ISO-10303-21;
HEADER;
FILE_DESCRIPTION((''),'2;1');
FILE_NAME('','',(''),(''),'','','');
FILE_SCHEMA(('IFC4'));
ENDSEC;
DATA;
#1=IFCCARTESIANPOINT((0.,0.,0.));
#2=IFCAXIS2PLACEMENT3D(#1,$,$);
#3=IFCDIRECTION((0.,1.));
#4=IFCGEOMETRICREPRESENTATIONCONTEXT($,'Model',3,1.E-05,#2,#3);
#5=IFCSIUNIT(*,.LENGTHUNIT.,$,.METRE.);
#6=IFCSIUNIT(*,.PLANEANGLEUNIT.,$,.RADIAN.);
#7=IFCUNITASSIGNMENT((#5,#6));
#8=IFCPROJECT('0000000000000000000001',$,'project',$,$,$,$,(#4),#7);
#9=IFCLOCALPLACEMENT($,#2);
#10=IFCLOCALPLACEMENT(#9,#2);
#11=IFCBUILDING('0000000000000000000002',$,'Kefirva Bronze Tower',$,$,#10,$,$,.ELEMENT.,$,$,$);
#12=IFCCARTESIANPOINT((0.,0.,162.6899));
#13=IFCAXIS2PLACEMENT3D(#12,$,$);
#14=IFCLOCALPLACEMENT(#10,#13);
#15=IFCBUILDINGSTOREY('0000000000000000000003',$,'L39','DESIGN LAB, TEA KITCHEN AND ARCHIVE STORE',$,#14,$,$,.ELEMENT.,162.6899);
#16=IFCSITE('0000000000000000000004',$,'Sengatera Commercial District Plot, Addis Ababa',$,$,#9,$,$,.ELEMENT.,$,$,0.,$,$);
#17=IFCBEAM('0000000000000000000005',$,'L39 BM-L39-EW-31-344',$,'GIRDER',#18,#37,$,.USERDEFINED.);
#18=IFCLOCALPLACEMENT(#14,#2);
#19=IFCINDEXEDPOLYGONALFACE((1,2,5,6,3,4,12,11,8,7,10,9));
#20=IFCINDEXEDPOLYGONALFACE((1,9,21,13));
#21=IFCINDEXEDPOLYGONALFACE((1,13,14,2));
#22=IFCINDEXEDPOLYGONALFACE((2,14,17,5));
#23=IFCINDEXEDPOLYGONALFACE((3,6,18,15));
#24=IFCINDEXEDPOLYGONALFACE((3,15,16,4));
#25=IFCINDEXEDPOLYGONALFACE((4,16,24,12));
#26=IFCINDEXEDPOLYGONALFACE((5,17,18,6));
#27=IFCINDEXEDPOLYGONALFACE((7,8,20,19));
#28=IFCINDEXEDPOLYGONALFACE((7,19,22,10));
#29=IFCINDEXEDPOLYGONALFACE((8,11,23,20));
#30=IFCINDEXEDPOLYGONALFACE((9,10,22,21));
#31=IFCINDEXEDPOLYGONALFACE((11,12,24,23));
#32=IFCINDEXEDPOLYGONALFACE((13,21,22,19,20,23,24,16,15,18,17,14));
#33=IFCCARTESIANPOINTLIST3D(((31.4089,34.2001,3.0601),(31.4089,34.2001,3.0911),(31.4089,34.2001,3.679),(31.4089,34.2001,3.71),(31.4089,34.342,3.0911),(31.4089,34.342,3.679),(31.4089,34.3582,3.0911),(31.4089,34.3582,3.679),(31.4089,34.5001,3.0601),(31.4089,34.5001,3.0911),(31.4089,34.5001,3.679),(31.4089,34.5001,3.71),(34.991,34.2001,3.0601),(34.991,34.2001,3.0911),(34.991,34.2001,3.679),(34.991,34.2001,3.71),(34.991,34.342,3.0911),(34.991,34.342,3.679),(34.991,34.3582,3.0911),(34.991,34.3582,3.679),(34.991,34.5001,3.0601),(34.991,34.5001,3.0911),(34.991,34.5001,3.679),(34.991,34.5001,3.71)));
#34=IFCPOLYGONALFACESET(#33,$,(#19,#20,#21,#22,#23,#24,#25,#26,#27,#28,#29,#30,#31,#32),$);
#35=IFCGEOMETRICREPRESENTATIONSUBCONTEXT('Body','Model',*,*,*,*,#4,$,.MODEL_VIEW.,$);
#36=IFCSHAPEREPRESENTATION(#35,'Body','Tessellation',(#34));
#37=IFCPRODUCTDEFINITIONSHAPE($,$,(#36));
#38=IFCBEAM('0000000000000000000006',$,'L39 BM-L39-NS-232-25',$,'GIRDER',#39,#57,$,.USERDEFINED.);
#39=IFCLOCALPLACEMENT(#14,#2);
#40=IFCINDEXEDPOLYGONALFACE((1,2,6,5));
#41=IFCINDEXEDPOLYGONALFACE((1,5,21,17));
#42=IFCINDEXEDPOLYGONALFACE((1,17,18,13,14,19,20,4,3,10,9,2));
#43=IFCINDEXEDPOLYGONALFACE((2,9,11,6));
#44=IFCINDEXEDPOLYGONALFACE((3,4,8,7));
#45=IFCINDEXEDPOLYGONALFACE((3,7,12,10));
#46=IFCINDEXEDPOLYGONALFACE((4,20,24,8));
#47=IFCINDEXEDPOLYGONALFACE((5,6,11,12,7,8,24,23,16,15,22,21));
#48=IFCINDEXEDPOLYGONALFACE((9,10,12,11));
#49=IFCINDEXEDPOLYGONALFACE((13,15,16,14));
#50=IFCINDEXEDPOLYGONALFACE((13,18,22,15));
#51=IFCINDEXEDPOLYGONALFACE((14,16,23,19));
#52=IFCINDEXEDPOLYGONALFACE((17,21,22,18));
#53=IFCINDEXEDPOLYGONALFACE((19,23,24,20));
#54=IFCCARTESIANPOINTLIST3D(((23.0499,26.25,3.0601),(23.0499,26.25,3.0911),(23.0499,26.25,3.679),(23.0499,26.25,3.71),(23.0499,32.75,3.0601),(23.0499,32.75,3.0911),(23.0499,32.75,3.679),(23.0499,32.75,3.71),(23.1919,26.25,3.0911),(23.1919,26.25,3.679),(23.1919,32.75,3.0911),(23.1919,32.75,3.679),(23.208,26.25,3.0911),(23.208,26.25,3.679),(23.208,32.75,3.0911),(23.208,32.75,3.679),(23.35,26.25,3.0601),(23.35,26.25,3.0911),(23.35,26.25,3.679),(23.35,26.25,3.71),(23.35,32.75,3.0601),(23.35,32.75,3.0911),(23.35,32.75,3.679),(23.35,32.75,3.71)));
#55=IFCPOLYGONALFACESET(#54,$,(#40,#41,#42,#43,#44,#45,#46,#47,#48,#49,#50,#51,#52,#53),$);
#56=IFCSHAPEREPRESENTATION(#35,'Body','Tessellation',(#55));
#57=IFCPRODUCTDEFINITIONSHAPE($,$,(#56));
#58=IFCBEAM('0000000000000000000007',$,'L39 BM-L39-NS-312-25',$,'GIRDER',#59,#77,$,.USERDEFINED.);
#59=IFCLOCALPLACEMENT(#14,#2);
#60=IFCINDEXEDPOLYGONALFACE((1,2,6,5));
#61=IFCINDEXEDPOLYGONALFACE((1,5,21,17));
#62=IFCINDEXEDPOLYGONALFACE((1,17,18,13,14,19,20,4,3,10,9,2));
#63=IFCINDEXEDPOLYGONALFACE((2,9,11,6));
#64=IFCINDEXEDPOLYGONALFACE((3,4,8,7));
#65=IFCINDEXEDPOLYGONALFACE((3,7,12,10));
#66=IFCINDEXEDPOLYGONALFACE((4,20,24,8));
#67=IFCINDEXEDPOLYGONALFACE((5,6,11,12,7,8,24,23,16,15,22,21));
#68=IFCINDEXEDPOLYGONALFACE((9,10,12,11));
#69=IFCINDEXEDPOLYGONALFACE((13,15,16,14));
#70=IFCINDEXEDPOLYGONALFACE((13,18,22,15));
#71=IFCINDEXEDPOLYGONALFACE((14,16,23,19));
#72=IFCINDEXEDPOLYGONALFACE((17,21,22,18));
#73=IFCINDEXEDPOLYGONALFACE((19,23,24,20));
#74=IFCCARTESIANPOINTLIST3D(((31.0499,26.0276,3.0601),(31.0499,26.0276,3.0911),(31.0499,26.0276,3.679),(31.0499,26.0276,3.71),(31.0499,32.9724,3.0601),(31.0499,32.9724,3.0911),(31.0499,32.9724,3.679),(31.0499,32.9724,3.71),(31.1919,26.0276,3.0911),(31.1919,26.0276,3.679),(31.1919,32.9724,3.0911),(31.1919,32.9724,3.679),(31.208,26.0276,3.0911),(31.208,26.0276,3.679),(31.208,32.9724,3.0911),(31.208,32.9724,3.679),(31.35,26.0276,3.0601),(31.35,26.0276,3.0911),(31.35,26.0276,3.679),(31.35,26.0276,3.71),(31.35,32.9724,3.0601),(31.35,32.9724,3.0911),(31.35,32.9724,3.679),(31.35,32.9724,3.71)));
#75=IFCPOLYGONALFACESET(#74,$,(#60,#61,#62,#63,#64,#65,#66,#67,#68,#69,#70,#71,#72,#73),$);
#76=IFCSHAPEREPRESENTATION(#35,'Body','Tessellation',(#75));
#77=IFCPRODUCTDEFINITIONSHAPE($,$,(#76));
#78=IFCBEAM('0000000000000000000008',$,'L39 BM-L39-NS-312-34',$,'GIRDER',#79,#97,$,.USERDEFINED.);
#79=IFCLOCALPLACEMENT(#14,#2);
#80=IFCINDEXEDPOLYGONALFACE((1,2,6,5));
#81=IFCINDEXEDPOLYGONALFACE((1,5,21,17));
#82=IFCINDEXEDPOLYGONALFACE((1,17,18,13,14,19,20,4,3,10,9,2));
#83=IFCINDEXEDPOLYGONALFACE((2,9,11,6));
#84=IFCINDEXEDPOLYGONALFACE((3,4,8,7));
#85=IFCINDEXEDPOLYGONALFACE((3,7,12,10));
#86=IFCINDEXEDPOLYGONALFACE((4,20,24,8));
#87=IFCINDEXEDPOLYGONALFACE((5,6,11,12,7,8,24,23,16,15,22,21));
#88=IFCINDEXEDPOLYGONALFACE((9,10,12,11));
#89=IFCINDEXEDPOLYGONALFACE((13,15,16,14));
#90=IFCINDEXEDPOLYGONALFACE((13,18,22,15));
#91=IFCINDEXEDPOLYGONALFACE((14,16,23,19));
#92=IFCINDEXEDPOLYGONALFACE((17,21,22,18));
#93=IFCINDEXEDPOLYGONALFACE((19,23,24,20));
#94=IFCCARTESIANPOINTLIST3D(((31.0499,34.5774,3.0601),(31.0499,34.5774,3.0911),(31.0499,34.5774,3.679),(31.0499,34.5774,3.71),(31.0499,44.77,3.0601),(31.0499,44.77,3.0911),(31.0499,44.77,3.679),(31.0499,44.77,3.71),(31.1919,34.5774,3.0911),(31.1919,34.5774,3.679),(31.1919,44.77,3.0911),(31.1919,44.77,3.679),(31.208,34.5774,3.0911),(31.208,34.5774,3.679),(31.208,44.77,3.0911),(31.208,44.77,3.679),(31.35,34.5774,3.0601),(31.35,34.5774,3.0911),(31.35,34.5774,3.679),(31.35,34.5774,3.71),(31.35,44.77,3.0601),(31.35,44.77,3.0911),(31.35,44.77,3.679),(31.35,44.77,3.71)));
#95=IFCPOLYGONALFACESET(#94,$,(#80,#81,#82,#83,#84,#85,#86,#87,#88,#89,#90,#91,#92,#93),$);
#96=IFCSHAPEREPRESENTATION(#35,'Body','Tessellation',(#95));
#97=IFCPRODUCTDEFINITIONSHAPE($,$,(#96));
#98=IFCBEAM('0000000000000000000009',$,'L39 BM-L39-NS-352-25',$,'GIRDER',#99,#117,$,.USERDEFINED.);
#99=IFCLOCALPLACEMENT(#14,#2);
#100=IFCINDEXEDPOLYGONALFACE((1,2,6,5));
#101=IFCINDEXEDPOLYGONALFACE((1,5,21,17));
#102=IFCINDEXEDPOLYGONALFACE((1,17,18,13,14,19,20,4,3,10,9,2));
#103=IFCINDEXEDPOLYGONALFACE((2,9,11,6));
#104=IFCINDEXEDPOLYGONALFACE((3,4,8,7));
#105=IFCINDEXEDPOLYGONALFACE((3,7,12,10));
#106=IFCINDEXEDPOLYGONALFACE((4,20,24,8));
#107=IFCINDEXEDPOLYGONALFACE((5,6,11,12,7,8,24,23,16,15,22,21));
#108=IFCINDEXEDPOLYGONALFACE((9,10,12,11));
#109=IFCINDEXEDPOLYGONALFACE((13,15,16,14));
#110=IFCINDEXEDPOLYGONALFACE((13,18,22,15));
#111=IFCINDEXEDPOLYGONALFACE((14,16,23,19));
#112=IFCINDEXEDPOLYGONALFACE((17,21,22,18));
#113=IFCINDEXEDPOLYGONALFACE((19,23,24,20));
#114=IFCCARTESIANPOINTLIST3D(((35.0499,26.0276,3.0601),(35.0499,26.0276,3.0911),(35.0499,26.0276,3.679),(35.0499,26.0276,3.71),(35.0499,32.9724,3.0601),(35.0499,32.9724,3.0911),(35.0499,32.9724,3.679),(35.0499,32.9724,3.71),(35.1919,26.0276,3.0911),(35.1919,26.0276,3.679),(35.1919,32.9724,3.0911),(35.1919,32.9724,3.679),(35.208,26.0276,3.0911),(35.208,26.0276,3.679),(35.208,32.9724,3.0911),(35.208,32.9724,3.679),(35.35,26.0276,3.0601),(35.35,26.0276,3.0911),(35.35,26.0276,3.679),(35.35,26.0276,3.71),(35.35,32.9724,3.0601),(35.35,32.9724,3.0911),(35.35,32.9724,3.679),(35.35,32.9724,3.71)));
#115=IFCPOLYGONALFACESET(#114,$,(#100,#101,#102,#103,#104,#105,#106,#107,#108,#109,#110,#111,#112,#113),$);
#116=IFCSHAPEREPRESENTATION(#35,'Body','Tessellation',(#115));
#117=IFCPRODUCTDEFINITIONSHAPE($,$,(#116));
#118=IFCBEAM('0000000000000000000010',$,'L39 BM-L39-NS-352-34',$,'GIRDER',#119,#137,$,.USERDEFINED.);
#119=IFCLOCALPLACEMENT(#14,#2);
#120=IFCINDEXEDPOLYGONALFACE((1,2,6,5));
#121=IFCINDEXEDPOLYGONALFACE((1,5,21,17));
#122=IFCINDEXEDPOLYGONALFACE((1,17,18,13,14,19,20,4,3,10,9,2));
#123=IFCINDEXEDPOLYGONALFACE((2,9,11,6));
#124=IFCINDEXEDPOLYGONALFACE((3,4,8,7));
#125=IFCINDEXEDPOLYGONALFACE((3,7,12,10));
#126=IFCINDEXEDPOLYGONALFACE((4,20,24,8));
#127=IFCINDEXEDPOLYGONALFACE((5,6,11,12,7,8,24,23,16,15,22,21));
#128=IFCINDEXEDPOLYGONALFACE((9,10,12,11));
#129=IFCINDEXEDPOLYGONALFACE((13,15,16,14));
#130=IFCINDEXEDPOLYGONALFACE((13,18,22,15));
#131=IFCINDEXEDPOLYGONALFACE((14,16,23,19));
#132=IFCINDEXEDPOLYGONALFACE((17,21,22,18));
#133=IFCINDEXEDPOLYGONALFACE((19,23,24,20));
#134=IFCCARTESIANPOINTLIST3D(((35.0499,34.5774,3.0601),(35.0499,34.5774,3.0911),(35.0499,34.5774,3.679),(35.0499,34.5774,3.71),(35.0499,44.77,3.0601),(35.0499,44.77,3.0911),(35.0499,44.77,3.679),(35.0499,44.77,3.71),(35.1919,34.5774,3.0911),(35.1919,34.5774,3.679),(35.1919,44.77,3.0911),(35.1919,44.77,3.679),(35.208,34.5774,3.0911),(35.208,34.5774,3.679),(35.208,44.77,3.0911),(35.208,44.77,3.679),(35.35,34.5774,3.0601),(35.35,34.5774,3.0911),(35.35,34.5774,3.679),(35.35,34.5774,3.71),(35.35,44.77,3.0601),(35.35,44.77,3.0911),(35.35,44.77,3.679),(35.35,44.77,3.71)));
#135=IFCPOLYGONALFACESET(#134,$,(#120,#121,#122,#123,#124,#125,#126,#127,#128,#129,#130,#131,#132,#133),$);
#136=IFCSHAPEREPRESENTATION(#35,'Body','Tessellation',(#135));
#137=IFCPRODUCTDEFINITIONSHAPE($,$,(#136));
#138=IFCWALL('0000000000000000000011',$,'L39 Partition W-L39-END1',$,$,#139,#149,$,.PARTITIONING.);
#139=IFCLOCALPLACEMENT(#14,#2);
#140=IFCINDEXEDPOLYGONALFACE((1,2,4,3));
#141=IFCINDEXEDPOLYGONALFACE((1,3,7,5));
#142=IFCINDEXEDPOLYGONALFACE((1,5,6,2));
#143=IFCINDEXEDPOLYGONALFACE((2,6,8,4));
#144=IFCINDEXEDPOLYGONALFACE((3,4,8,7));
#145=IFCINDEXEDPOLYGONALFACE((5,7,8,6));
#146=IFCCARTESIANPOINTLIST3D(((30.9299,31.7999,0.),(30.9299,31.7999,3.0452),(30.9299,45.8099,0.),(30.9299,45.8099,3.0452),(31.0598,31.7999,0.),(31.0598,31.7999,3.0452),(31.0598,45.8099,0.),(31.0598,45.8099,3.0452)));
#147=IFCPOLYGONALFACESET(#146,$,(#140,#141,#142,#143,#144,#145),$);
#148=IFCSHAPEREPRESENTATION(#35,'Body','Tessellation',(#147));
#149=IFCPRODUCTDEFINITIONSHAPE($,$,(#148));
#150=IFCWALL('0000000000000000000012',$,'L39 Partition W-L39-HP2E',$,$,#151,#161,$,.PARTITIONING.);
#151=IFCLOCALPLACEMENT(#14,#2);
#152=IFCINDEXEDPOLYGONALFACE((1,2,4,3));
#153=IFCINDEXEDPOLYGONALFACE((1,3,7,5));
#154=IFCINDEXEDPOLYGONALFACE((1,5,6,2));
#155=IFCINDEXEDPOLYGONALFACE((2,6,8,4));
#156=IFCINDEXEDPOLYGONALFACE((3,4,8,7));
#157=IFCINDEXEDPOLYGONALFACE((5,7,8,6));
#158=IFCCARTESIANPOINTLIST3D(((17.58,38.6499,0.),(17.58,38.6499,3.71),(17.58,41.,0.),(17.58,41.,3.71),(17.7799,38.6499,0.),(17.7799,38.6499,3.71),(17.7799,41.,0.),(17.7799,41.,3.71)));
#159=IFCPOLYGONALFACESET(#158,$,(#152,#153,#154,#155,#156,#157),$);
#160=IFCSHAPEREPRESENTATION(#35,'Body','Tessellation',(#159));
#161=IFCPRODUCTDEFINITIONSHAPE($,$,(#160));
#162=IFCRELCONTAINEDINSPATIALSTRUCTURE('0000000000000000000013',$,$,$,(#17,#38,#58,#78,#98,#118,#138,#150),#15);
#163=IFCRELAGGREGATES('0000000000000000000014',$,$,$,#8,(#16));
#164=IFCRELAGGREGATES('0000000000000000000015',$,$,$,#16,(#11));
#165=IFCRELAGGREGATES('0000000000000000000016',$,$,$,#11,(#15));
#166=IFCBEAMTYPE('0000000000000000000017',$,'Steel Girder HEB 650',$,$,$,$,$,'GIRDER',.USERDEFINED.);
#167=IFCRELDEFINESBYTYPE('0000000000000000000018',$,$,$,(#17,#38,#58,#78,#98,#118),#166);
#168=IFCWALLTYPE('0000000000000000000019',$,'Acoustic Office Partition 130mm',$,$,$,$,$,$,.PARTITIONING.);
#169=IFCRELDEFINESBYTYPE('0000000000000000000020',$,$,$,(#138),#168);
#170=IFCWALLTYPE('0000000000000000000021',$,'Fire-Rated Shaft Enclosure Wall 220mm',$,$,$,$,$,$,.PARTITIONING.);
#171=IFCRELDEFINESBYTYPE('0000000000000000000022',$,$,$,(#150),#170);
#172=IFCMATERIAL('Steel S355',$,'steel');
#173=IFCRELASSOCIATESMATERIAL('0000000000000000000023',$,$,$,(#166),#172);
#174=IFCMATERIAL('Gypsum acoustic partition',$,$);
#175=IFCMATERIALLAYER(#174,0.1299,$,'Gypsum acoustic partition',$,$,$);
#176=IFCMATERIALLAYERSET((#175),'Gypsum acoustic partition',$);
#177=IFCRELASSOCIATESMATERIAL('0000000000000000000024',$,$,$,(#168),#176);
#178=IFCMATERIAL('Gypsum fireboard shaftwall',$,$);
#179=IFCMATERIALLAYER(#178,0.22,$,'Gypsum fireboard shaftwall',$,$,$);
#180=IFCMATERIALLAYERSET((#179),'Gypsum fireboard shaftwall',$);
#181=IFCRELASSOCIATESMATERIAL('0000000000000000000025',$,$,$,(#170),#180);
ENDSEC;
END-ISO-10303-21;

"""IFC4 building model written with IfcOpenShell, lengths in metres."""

from ifc_helpers import new_model, si_unit, direction, frame, frame_2d, origin, origin_2d, place, context, subcontext, project, spatial, rectangle, i_section, extrude, material, layer, layer_set, material_profile, profile_set, type_object, element, save


model = new_model("IFC4")

# Units and contexts
model_context = context("Model", 3, precision=1e-05, world=origin(), true_north=direction((0.0, 1.0)))
body_context = subcontext(model_context, "Body", "Model", "MODEL_VIEW")
ifc_project = project(units=[si_unit("LENGTHUNIT", "METRE"), si_unit("PLANEANGLEUNIT", "RADIAN")], contexts=[model_context])

# Site, building, storey
site_placement = place(None, origin())
site = spatial("IfcSite", under=ifc_project, at=site_placement, Name="Sengatera Commercial District Plot, Addis Ababa", CompositionType="ELEMENT", RefElevation=0.0)
building_placement = place(site_placement, origin())
building = spatial("IfcBuilding", under=site, at=building_placement, Name="Kefirva Bronze Tower", CompositionType="ELEMENT")
storey_placement = place(building_placement, frame((0.0, 0.0, 162.6899)))
storey = spatial("IfcBuildingStorey", under=building, at=storey_placement, Name="L39", Description="DESIGN LAB, TEA KITCHEN AND ARCHIVE STORE", CompositionType="ELEMENT", Elevation=162.6899)

# Beams
ifc_material_1 = material(Name="Steel S355", Category="steel")
ifc_material_profile_1 = material_profile(ifc_material_1, i_section(OverallWidth=0.3, OverallDepth=0.6499, WebThickness=0.0161, FlangeThickness=0.031, at=origin_2d()), Name="HEB 650")
ifc_profile_set_1 = profile_set([ifc_material_profile_1], Name="Steel S355")
beam_type_1 = type_object("IfcBeamType", Name="Steel Girder HEB 650", ElementType="GIRDER", PredefinedType="USERDEFINED", material=ifc_profile_set_1)
for number, where, z_axis, x_axis, name in (
    (1, (31.4089, 34.3501, 3.385), (1.0, 0.0, 0.0), (0.0, 1.0, 0.0), "L39 BM-L39-EW-31-344"),
):
    element("IfcBeam", number, at=place(storey_placement, frame(where, z_axis=z_axis, x_axis=x_axis)), inside=storey, type_object=beam_type_1, Name=name, ObjectType="GIRDER", PredefinedType="USERDEFINED", context=body_context, shape_type="SweptSolid", body=[
        extrude(i_section(OverallWidth=0.3, OverallDepth=0.6499, WebThickness=0.0161, FlangeThickness=0.031, at=origin_2d()), origin(), (0.0, 0.0, 1.0), 3.582),
    ])
beam_1_placement = place(storey_placement, frame((23.2, 26.25, 3.385), z_axis=(0.0, 1.0, 0.0), x_axis=(-1.0, 0.0, 0.0)))
element("IfcBeam", 2, at=beam_1_placement, inside=storey, type_object=beam_type_1, Name="L39 BM-L39-NS-232-25", ObjectType="GIRDER", PredefinedType="USERDEFINED", context=body_context, shape_type="SweptSolid", body=[
    extrude(i_section(OverallWidth=0.3, OverallDepth=0.6499, WebThickness=0.0161, FlangeThickness=0.031, at=origin_2d()), origin(), (0.0, 0.0, 1.0), 6.5),
])
beam_2_placement = place(storey_placement, frame((31.2, 26.0276, 3.385), z_axis=(0.0, 1.0, 0.0), x_axis=(-1.0, 0.0, 0.0)))
element("IfcBeam", 3, at=beam_2_placement, inside=storey, type_object=beam_type_1, Name="L39 BM-L39-NS-312-25", ObjectType="GIRDER", PredefinedType="USERDEFINED", context=body_context, shape_type="SweptSolid", body=[
    extrude(i_section(OverallWidth=0.3, OverallDepth=0.6499, WebThickness=0.0161, FlangeThickness=0.031, at=origin_2d()), origin(), (0.0, 0.0, 1.0), 6.9448),
])
beam_3_placement = place(storey_placement, frame((31.2, 34.5774, 3.385), z_axis=(0.0, 1.0, 0.0), x_axis=(-1.0, 0.0, 0.0)))
element("IfcBeam", 4, at=beam_3_placement, inside=storey, type_object=beam_type_1, Name="L39 BM-L39-NS-312-34", ObjectType="GIRDER", PredefinedType="USERDEFINED", context=body_context, shape_type="SweptSolid", body=[
    extrude(i_section(OverallWidth=0.3, OverallDepth=0.6499, WebThickness=0.0161, FlangeThickness=0.031, at=origin_2d()), origin(), (0.0, 0.0, 1.0), 10.1926),
])
beam_4_placement = place(storey_placement, frame((35.2, 26.0276, 3.385), z_axis=(0.0, 1.0, 0.0), x_axis=(-1.0, 0.0, 0.0)))
element("IfcBeam", 5, at=beam_4_placement, inside=storey, type_object=beam_type_1, Name="L39 BM-L39-NS-352-25", ObjectType="GIRDER", PredefinedType="USERDEFINED", context=body_context, shape_type="SweptSolid", body=[
    extrude(i_section(OverallWidth=0.3, OverallDepth=0.6499, WebThickness=0.0161, FlangeThickness=0.031, at=origin_2d()), origin(), (0.0, 0.0, 1.0), 6.9448),
])
beam_5_placement = place(storey_placement, frame((35.2, 34.5774, 3.385), z_axis=(0.0, 1.0, 0.0), x_axis=(-1.0, 0.0, 0.0)))
element("IfcBeam", 6, at=beam_5_placement, inside=storey, type_object=beam_type_1, Name="L39 BM-L39-NS-352-34", ObjectType="GIRDER", PredefinedType="USERDEFINED", context=body_context, shape_type="SweptSolid", body=[
    extrude(i_section(OverallWidth=0.3, OverallDepth=0.6499, WebThickness=0.0161, FlangeThickness=0.031, at=origin_2d()), origin(), (0.0, 0.0, 1.0), 10.1926),
])

# Wall
ifc_material_2 = material(Name="Gypsum acoustic partition")
ifc_layer_1 = layer(ifc_material_2, 0.1299, Name="Gypsum acoustic partition")
ifc_layer_set_1 = layer_set([ifc_layer_1], Name="Gypsum acoustic partition")
wall_type_1 = type_object("IfcWallType", Name="Acoustic Office Partition 130mm", PredefinedType="PARTITIONING", material=ifc_layer_set_1)
wall_1_placement = place(storey_placement, frame((30.9949, 31.8, 0.0), z_axis=(0.0, 0.0, 1.0), x_axis=(0.0, 1.0, 0.0)))
element("IfcWall", 7, at=wall_1_placement, inside=storey, type_object=wall_type_1, Name="L39 Partition W-L39-END1", PredefinedType="PARTITIONING", context=body_context, shape_type="SweptSolid", body=[
    extrude(rectangle(XDim=14.01, YDim=0.1299, at=frame_2d((7.0049, 0.0))), origin(), (0.0, 0.0, 1.0), 3.0452),
])

# Shared definitions
ifc_material_3 = material(Name="Gypsum fireboard shaftwall")
ifc_layer_2 = layer(ifc_material_3, 0.22, Name="Gypsum fireboard shaftwall")
ifc_layer_set_2 = layer_set([ifc_layer_2], Name="Gypsum fireboard shaftwall")
wall_type_2 = type_object("IfcWallType", Name="Fire-Rated Shaft Enclosure Wall 220mm", PredefinedType="PARTITIONING", material=ifc_layer_set_2)

# Wall
wall_2_placement = place(storey_placement, frame((17.6799, 38.6499, 0.0), z_axis=(0.0, 0.0, 1.0), x_axis=(0.0, 1.0, 0.0)))
element("IfcWall", 8, at=wall_2_placement, inside=storey, type_object=wall_type_2, Name="L39 Partition W-L39-HP2E", PredefinedType="PARTITIONING", context=body_context, shape_type="SweptSolid", body=[
    extrude(rectangle(XDim=2.3501, YDim=0.2, at=frame_2d((1.175, 0.0))), origin(), (0.0, 0.0, 1.0), 3.71),
])

save(model, "model.ifc")
